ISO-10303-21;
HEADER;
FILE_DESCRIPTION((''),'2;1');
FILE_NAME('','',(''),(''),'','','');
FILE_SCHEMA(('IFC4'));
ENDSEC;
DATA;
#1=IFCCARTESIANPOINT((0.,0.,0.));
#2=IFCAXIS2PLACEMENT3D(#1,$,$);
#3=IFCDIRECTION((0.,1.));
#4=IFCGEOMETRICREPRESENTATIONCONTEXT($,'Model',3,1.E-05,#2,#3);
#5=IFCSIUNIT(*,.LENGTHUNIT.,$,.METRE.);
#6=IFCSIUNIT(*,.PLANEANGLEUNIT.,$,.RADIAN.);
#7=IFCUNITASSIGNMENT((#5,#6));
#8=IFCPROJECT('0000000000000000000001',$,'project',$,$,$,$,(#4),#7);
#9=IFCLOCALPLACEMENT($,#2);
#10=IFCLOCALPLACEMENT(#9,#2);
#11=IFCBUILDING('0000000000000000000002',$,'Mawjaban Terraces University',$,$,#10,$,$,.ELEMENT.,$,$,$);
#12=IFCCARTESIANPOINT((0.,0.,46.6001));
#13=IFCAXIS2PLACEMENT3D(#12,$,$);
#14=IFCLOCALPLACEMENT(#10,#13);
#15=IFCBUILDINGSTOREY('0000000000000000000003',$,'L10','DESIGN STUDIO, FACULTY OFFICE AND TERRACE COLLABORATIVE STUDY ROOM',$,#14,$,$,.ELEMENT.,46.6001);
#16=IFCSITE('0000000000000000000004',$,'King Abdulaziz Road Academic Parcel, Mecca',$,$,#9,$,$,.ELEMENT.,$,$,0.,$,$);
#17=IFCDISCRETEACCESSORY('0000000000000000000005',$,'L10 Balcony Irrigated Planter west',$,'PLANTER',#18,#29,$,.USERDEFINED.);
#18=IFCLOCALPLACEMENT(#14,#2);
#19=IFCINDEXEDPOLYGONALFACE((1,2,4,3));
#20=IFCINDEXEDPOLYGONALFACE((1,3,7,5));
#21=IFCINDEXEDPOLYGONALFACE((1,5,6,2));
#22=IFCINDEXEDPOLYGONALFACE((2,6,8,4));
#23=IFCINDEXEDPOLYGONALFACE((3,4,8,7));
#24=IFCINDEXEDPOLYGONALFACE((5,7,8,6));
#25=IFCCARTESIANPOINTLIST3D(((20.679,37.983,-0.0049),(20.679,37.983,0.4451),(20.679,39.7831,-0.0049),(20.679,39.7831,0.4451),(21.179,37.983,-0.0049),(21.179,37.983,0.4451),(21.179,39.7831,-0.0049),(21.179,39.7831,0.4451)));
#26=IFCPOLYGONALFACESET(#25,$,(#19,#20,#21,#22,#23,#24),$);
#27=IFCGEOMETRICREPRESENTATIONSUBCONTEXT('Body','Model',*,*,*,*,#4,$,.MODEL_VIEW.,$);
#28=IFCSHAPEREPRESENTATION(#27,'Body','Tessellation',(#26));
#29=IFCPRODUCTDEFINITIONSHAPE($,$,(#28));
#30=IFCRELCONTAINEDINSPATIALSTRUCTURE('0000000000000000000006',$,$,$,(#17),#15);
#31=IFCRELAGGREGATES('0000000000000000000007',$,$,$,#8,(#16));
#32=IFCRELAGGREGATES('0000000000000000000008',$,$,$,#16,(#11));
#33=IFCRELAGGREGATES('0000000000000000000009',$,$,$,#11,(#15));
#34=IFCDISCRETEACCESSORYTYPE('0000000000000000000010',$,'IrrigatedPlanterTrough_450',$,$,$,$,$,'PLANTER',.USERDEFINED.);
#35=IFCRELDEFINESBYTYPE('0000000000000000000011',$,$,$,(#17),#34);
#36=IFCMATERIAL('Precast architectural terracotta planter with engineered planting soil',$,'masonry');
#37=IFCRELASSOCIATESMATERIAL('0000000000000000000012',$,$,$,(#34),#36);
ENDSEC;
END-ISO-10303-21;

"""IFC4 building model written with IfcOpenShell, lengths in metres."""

from ifc_helpers import new_model, si_unit, direction, frame, origin, origin_2d, place, context, subcontext, project, spatial, rectangle, extrude, material, type_object, element, save


model = new_model("IFC4")

# Units and contexts
model_context = context("Model", 3, precision=1e-05, world=origin(), true_north=direction((0.0, 1.0)))
body_context = subcontext(model_context, "Body", "Model", "MODEL_VIEW")
ifc_project = project(units=[si_unit("LENGTHUNIT", "METRE"), si_unit("PLANEANGLEUNIT", "RADIAN")], contexts=[model_context])

# Site, building, storey
site_placement = place(None, origin())
site = spatial("IfcSite", under=ifc_project, at=site_placement, Name="King Abdulaziz Road Academic Parcel, Mecca", CompositionType="ELEMENT", RefElevation=0.0)
building_placement = place(site_placement, origin())
building = spatial("IfcBuilding", under=site, at=building_placement, Name="Mawjaban Terraces University", CompositionType="ELEMENT")
storey_placement = place(building_placement, frame((0.0, 0.0, 46.6001)))
storey = spatial("IfcBuildingStorey", under=building, at=storey_placement, Name="L10", Description="DESIGN STUDIO, FACULTY OFFICE AND TERRACE COLLABORATIVE STUDY ROOM", CompositionType="ELEMENT", Elevation=46.6001)

# Discrete accessory
ifc_material_1 = material(Name="Precast architectural terracotta planter with engineered planting soil", Category="masonry")
discrete_accessory_type_1 = type_object("IfcDiscreteAccessoryType", Name="IrrigatedPlanterTrough_450", ElementType="PLANTER", PredefinedType="USERDEFINED", material=ifc_material_1)
discrete_accessory_1_placement = place(storey_placement, frame((20.929, 38.8831, -0.0049), z_axis=(0.0, 0.0, 1.0), x_axis=(0.0, 1.0, 0.0)))
element("IfcDiscreteAccessory", 1, at=discrete_accessory_1_placement, inside=storey, type_object=discrete_accessory_type_1, Name="L10 Balcony Irrigated Planter west", ObjectType="PLANTER", PredefinedType="USERDEFINED", context=body_context, shape_type="SweptSolid", body=[
    extrude(rectangle(XDim=1.8, YDim=0.5, at=origin_2d()), origin(), (0.0, 0.0, 1.0), 0.45),
])

save(model, "model.ifc")
